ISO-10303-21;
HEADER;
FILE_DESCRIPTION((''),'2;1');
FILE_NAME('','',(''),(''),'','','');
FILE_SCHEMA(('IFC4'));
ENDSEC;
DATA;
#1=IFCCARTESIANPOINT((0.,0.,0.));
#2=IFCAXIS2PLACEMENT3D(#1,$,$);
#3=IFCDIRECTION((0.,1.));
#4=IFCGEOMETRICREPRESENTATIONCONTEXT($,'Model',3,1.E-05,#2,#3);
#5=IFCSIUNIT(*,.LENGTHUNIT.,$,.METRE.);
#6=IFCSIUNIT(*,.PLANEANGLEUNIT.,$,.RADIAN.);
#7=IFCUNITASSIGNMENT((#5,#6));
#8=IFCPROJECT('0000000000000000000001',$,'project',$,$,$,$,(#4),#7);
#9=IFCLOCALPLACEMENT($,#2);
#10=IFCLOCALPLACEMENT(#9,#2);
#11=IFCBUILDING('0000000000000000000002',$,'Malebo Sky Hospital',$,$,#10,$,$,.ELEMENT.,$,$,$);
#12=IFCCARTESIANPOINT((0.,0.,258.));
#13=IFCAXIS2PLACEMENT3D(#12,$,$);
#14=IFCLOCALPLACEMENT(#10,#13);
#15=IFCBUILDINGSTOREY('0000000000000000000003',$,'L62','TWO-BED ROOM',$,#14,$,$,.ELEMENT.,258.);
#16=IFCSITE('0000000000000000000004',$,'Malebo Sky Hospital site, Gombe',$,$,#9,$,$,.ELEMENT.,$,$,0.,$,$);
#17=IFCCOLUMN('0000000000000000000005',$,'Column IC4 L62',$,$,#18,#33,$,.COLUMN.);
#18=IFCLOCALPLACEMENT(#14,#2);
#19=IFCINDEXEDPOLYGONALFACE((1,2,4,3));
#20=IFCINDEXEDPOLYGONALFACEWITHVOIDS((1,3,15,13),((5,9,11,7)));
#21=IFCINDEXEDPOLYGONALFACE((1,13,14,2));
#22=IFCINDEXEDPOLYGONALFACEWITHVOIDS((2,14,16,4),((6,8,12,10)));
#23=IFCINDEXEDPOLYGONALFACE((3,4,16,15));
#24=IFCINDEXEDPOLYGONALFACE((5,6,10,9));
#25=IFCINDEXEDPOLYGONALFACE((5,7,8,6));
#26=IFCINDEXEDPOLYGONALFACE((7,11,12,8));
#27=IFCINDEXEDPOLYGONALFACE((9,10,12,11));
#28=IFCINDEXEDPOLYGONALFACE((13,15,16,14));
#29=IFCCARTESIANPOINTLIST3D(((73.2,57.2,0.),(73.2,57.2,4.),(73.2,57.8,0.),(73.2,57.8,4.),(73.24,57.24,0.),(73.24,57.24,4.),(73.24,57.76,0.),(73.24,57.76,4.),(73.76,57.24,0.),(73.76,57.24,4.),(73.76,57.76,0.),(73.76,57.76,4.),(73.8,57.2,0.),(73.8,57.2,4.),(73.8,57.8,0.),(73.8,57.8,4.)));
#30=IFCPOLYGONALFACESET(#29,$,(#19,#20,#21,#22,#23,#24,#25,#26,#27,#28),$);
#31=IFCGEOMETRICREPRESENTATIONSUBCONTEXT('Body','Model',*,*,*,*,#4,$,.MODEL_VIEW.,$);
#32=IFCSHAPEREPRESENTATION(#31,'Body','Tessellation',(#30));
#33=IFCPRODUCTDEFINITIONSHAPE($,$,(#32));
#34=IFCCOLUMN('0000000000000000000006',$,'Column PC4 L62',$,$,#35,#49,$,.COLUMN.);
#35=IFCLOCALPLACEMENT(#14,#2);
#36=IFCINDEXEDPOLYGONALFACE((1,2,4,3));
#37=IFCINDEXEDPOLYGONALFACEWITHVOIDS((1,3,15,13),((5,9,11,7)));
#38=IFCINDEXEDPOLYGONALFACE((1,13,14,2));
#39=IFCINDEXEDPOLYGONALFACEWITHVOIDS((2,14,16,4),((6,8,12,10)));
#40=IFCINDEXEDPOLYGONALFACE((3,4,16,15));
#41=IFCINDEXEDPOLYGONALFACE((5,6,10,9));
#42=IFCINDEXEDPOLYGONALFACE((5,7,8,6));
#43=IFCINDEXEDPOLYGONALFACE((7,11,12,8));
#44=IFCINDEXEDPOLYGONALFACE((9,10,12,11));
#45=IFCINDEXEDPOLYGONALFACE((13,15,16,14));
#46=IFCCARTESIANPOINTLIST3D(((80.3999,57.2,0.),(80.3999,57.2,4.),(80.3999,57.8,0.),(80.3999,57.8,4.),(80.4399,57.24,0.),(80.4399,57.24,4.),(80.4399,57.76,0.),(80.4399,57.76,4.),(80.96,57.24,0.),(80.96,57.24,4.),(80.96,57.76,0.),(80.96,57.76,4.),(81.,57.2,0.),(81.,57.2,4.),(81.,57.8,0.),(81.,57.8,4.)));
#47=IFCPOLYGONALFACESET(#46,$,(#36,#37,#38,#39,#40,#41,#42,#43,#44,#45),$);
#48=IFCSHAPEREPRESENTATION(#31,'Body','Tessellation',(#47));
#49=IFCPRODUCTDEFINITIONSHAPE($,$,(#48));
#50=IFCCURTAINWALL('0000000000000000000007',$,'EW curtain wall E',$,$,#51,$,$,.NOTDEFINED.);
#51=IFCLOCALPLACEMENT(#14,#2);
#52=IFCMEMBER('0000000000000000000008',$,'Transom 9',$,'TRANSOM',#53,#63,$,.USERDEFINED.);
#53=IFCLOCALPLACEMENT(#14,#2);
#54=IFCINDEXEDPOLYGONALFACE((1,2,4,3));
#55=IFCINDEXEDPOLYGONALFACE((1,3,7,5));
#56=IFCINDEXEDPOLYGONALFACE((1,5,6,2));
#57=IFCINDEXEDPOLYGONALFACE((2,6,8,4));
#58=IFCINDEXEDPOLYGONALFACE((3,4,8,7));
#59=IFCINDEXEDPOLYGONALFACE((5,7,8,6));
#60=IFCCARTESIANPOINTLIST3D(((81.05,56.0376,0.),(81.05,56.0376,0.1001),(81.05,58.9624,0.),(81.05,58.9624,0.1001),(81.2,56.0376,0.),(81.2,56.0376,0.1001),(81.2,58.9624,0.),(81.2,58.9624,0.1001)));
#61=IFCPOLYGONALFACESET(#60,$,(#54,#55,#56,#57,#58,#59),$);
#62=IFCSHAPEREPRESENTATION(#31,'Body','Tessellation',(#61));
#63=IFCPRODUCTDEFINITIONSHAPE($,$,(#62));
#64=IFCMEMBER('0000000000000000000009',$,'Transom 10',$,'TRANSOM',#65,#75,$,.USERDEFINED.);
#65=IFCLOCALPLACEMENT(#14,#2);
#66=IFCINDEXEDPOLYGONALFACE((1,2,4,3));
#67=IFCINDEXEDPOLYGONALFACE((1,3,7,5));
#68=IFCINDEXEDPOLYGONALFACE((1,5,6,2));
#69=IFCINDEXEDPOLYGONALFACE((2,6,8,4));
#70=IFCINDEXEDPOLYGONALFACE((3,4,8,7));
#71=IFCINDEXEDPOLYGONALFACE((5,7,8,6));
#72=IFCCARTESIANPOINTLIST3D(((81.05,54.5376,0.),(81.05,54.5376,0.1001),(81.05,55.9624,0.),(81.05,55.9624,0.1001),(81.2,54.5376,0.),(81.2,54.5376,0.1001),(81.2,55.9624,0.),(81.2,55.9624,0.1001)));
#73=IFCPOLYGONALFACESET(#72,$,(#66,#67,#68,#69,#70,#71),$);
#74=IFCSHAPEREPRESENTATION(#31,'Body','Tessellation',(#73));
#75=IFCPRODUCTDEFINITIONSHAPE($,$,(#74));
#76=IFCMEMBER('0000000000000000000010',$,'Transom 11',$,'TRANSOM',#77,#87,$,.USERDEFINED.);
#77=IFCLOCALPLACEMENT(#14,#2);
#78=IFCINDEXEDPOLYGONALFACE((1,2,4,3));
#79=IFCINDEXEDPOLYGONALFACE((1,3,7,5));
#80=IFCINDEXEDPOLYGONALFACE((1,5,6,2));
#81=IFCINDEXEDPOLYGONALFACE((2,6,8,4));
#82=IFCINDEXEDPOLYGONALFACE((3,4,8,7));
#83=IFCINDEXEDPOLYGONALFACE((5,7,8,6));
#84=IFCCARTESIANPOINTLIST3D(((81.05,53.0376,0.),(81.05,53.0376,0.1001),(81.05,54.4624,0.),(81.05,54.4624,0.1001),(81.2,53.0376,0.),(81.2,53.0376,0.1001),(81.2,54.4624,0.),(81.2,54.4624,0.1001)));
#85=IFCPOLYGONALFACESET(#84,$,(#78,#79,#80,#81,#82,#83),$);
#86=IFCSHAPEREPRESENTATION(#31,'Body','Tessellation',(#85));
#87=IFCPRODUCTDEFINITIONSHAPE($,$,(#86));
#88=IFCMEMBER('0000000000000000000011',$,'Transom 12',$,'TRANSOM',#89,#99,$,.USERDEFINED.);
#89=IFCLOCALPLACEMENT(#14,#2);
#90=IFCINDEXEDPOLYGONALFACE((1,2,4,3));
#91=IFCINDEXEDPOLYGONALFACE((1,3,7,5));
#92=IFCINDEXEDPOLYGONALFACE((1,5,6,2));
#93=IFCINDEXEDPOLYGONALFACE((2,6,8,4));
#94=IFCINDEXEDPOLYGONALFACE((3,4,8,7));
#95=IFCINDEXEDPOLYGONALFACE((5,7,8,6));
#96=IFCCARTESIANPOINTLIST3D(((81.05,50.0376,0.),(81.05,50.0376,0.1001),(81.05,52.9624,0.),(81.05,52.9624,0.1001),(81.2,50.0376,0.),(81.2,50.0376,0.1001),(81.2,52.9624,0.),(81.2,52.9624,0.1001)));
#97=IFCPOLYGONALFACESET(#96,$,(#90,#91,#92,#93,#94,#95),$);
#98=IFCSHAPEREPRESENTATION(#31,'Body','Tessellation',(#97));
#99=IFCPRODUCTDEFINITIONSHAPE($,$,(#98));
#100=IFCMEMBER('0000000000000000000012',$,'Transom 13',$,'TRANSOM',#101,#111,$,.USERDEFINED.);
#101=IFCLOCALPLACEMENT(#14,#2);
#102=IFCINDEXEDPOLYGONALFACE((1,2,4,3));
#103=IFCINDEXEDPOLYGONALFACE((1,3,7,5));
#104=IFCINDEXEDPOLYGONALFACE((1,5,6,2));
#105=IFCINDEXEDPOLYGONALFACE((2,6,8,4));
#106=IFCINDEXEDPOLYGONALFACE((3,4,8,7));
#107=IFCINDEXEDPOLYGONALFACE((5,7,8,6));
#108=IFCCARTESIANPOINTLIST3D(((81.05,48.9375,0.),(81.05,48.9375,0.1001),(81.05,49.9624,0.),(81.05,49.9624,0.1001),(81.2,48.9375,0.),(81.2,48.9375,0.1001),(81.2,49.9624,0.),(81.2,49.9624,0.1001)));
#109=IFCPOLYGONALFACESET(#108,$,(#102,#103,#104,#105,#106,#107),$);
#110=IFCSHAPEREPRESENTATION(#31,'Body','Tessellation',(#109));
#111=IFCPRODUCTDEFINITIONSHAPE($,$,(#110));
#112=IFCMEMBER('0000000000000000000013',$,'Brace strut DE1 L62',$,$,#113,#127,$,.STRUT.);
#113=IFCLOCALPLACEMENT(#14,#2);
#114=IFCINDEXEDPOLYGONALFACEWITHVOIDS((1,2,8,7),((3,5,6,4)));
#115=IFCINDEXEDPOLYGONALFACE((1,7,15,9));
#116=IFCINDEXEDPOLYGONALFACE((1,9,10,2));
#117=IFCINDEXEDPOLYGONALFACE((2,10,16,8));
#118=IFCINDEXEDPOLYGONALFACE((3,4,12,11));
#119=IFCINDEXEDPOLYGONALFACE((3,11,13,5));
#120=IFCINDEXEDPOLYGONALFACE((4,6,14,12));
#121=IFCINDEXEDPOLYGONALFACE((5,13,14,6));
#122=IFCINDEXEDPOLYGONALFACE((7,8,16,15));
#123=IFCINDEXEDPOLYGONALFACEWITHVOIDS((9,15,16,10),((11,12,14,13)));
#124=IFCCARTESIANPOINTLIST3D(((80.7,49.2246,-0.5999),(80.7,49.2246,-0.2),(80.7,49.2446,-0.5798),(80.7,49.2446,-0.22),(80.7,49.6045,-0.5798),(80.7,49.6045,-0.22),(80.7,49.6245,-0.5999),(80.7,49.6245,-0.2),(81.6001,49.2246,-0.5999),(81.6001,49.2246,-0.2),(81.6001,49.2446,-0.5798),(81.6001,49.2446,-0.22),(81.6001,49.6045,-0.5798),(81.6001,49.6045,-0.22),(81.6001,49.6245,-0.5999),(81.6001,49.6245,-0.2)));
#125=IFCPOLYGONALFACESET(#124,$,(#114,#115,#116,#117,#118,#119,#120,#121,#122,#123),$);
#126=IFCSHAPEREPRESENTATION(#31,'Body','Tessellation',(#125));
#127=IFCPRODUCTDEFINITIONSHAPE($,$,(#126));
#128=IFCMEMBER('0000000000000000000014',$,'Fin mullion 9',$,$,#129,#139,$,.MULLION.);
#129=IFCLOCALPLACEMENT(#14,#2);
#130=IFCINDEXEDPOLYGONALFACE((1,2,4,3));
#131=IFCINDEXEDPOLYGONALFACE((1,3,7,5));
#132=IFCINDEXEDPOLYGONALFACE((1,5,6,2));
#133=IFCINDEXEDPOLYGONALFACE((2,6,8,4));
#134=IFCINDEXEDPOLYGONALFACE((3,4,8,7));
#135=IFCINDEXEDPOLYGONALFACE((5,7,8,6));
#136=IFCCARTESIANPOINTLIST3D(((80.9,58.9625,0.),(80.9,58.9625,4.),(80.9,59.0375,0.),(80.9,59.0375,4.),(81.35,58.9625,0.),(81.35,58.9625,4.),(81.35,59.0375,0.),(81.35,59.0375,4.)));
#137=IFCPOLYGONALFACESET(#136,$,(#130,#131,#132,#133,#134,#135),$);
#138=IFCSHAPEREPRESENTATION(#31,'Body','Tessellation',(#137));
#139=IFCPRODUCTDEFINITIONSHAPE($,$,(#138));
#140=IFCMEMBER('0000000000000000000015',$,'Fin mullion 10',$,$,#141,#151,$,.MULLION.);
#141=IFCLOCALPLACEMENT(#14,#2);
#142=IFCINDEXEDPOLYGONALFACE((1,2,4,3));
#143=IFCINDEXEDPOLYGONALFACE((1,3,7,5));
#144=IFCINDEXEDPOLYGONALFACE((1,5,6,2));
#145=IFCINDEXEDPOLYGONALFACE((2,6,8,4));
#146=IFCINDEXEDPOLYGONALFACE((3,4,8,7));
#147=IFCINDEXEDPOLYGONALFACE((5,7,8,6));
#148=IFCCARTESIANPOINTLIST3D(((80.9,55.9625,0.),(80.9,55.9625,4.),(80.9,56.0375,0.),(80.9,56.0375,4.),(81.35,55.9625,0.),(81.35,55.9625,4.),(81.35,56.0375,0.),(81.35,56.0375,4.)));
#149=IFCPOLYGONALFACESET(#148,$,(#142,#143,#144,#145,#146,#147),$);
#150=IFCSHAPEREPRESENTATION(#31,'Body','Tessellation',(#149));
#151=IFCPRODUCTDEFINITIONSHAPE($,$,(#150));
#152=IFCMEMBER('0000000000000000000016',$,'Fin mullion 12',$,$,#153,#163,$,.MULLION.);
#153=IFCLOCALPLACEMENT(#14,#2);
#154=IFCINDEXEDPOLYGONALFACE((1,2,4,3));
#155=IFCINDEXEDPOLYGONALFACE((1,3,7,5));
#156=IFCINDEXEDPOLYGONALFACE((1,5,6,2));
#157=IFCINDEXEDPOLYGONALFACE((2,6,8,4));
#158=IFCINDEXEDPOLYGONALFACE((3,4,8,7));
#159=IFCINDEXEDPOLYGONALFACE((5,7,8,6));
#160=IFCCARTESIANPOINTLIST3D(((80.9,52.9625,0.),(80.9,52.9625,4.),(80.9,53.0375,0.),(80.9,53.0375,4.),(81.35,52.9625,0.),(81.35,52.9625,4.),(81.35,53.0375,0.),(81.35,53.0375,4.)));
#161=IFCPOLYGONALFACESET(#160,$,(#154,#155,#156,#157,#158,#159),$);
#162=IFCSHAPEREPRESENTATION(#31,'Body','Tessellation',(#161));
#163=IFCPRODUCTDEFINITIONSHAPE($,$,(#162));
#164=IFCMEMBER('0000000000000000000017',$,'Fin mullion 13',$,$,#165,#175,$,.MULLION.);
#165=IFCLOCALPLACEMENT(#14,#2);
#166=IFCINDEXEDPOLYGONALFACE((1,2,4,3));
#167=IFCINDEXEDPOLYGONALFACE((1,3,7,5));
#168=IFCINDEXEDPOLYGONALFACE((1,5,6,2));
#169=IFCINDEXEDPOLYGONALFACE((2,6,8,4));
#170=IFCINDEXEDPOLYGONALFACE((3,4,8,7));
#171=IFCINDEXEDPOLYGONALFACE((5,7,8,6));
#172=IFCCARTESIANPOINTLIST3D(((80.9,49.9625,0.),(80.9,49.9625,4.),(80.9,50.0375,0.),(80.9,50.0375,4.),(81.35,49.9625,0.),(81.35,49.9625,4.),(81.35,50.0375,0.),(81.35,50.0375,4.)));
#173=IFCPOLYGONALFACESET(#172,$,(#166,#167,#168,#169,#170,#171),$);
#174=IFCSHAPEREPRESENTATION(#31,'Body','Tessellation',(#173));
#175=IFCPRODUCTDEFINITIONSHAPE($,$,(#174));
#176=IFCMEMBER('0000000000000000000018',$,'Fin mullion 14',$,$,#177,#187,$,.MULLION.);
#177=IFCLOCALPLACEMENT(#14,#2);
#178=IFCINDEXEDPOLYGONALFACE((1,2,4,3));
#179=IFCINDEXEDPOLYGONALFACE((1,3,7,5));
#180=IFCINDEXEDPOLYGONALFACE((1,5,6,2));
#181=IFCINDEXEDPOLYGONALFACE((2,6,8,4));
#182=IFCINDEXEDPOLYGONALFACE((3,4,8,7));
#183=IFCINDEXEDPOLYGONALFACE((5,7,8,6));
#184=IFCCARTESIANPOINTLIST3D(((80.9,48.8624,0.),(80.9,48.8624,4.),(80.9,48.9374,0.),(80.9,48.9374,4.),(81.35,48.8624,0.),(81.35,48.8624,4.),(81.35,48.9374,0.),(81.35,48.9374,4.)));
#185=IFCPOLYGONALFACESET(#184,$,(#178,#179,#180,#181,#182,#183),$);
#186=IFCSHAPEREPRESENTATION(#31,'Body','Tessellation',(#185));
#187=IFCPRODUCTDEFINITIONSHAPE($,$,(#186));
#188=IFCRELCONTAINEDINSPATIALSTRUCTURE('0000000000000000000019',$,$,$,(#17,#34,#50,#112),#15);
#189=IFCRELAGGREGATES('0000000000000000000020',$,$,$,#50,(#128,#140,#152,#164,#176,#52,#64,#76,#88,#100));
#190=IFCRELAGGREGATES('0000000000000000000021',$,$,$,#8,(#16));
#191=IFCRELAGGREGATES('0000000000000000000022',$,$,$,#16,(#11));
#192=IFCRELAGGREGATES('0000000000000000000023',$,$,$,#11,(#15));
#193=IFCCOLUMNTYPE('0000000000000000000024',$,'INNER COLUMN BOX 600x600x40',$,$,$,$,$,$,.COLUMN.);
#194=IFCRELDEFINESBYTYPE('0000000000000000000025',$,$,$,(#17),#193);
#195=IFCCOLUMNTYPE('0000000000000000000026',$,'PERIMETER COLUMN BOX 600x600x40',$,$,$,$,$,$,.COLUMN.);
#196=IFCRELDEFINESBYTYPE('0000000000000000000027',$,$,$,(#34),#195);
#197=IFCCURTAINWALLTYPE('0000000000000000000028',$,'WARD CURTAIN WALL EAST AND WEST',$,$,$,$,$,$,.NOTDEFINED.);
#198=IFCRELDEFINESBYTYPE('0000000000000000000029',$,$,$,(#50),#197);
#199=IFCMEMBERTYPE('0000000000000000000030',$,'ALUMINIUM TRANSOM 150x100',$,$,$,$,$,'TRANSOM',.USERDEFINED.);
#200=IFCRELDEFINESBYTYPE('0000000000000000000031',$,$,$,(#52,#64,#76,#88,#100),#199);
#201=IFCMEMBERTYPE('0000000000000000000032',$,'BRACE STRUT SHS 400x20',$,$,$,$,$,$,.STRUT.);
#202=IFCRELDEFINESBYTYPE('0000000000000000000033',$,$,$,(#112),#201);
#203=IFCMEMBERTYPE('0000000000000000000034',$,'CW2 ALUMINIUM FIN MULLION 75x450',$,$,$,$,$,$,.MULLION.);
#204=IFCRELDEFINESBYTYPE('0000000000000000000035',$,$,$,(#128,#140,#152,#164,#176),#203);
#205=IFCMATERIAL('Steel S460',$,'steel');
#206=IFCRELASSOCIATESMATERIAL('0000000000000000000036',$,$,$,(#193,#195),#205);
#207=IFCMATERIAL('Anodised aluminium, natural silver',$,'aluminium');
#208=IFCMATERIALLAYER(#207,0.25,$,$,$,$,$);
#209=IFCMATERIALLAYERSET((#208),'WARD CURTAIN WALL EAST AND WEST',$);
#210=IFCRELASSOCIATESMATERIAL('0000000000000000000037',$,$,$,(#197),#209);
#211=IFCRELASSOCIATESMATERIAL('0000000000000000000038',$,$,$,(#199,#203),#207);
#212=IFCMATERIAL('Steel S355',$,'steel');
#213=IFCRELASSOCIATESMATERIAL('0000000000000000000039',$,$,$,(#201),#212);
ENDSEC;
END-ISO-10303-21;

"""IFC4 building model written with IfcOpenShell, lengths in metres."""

from ifc_helpers import new_model, si_unit, direction, frame, origin, origin_2d, place, context, subcontext, project, spatial, rectangle, hollow_rectangle, extrude, material, layer, layer_set, material_profile, profile_set, type_object, element, aggregate, save


model = new_model("IFC4")

# Units and contexts
model_context = context("Model", 3, precision=1e-05, world=origin(), true_north=direction((0.0, 1.0)))
body_context = subcontext(model_context, "Body", "Model", "MODEL_VIEW")
ifc_project = project(units=[si_unit("LENGTHUNIT", "METRE"), si_unit("PLANEANGLEUNIT", "RADIAN")], contexts=[model_context])

# Site, building, storey
site_placement = place(None, origin())
site = spatial("IfcSite", under=ifc_project, at=site_placement, Name="Malebo Sky Hospital site, Gombe", CompositionType="ELEMENT", RefElevation=0.0)
building_placement = place(site_placement, origin())
building = spatial("IfcBuilding", under=site, at=building_placement, Name="Malebo Sky Hospital", CompositionType="ELEMENT")
storey_placement = place(building_placement, frame((0.0, 0.0, 258.0)))
storey = spatial("IfcBuildingStorey", under=building, at=storey_placement, Name="L62", Description="TWO-BED ROOM", CompositionType="ELEMENT", Elevation=258.0)

# Columns
ifc_material_1 = material(Name="Steel S460", Category="steel")
ifc_material_profile_1 = material_profile(ifc_material_1, hollow_rectangle(XDim=0.6001, YDim=0.6001, WallThickness=0.04, at=origin_2d()), Name="BOX 600x600x40")
ifc_profile_set_1 = profile_set([ifc_material_profile_1], Name="Steel S460")
column_type_1 = type_object("IfcColumnType", Name="INNER COLUMN BOX 600x600x40", PredefinedType="COLUMN", material=ifc_profile_set_1)
column_1_placement = place(storey_placement, frame((73.5, 57.5, 0.0), z_axis=(0.0, 0.0, 1.0), x_axis=(1.0, 0.0, 0.0)))
element("IfcColumn", 1, at=column_1_placement, inside=storey, type_object=column_type_1, Name="Column IC4 L62", PredefinedType="COLUMN", context=body_context, shape_type="SweptSolid", body=[
    extrude(hollow_rectangle(XDim=0.6001, YDim=0.6001, WallThickness=0.04, at=origin_2d()), origin(), (0.0, 0.0, 1.0), 4.0),
])
ifc_material_profile_2 = material_profile(ifc_material_1, hollow_rectangle(XDim=0.6001, YDim=0.6001, WallThickness=0.04, at=origin_2d()), Name="BOX 600x600x40")
ifc_profile_set_2 = profile_set([ifc_material_profile_2], Name="Steel S460")
column_type_2 = type_object("IfcColumnType", Name="PERIMETER COLUMN BOX 600x600x40", PredefinedType="COLUMN", material=ifc_profile_set_2)
column_2_placement = place(storey_placement, frame((80.7, 57.5, 0.0), z_axis=(0.0, 0.0, 1.0), x_axis=(1.0, 0.0, 0.0)))
element("IfcColumn", 2, at=column_2_placement, inside=storey, type_object=column_type_2, Name="Column PC4 L62", PredefinedType="COLUMN", context=body_context, shape_type="SweptSolid", body=[
    extrude(hollow_rectangle(XDim=0.6001, YDim=0.6001, WallThickness=0.04, at=origin_2d()), origin(), (0.0, 0.0, 1.0), 4.0),
])

# Curtain wall, members
ifc_material_2 = material(Name="Anodised aluminium, natural silver", Category="aluminium")
ifc_layer_1 = layer(ifc_material_2, 0.25)
ifc_layer_set_1 = layer_set([ifc_layer_1], Name="WARD CURTAIN WALL EAST AND WEST")
curtain_wall_type = type_object("IfcCurtainWallType", Name="WARD CURTAIN WALL EAST AND WEST", PredefinedType="NOTDEFINED", material=ifc_layer_set_1)
curtain_wall_placement = place(storey_placement, origin())
curtain_wall = element("IfcCurtainWall", 3, at=curtain_wall_placement, inside=storey, type_object=curtain_wall_type, Name="EW curtain wall E", PredefinedType="NOTDEFINED")
ifc_material_profile_3 = material_profile(ifc_material_2, rectangle(XDim=0.1499, YDim=0.1001, at=origin_2d()), Name="ALUMINIUM TRANSOM 150x100")
ifc_profile_set_3 = profile_set([ifc_material_profile_3], Name="Anodised aluminium, natural silver")
member_type_1 = type_object("IfcMemberType", Name="ALUMINIUM TRANSOM 150x100", ElementType="TRANSOM", PredefinedType="USERDEFINED", material=ifc_profile_set_3)
member_1_placement = place(storey_placement, frame((81.125, 58.9624, 0.05), z_axis=(0.0, -1.0, 0.0), x_axis=(1.0, 0.0, 0.0)))
member_1 = element("IfcMember", 4, at=member_1_placement, type_object=member_type_1, Name="Transom 9", ObjectType="TRANSOM", PredefinedType="USERDEFINED", context=body_context, shape_type="SweptSolid", body=[
    extrude(rectangle(XDim=0.1499, YDim=0.1001, at=origin_2d()), origin(), (0.0, 0.0, 1.0), 2.9248),
])
member_2_placement = place(storey_placement, frame((81.125, 55.9624, 0.05), z_axis=(0.0, -1.0, 0.0), x_axis=(1.0, 0.0, 0.0)))
member_2 = element("IfcMember", 5, at=member_2_placement, type_object=member_type_1, Name="Transom 10", ObjectType="TRANSOM", PredefinedType="USERDEFINED", context=body_context, shape_type="SweptSolid", body=[
    extrude(rectangle(XDim=0.1499, YDim=0.1001, at=origin_2d()), origin(), (0.0, 0.0, 1.0), 1.4248),
])
member_3_placement = place(storey_placement, frame((81.125, 54.4624, 0.05), z_axis=(0.0, -1.0, 0.0), x_axis=(1.0, 0.0, 0.0)))
member_3 = element("IfcMember", 6, at=member_3_placement, type_object=member_type_1, Name="Transom 11", ObjectType="TRANSOM", PredefinedType="USERDEFINED", context=body_context, shape_type="SweptSolid", body=[
    extrude(rectangle(XDim=0.1499, YDim=0.1001, at=origin_2d()), origin(), (0.0, 0.0, 1.0), 1.4248),
])
member_4_placement = place(storey_placement, frame((81.125, 52.9624, 0.05), z_axis=(0.0, -1.0, 0.0), x_axis=(1.0, 0.0, 0.0)))
member_4 = element("IfcMember", 7, at=member_4_placement, type_object=member_type_1, Name="Transom 12", ObjectType="TRANSOM", PredefinedType="USERDEFINED", context=body_context, shape_type="SweptSolid", body=[
    extrude(rectangle(XDim=0.1499, YDim=0.1001, at=origin_2d()), origin(), (0.0, 0.0, 1.0), 2.9248),
])
member_5_placement = place(storey_placement, frame((81.125, 49.9624, 0.05), z_axis=(0.0, -1.0, 0.0), x_axis=(1.0, 0.0, 0.0)))
member_5 = element("IfcMember", 8, at=member_5_placement, type_object=member_type_1, Name="Transom 13", ObjectType="TRANSOM", PredefinedType="USERDEFINED", context=body_context, shape_type="SweptSolid", body=[
    extrude(rectangle(XDim=0.1499, YDim=0.1001, at=origin_2d()), origin(), (0.0, 0.0, 1.0), 1.0249),
])

# Members
ifc_material_3 = material(Name="Steel S355", Category="steel")
ifc_material_profile_4 = material_profile(ifc_material_3, hollow_rectangle(XDim=0.3999, YDim=0.3999, WallThickness=0.02, at=origin_2d()), Name="SHS 400x20")
ifc_profile_set_4 = profile_set([ifc_material_profile_4], Name="Steel S355")
member_type_2 = type_object("IfcMemberType", Name="BRACE STRUT SHS 400x20", PredefinedType="STRUT", material=ifc_profile_set_4)
member_6_placement = place(storey_placement, frame((81.6001, 49.4246, -0.3999), z_axis=(-1.0, 0.0, 0.0), x_axis=(0.0, -1.0, 0.0)))
element("IfcMember", 9, at=member_6_placement, inside=storey, type_object=member_type_2, Name="Brace strut DE1 L62", PredefinedType="STRUT", context=body_context, shape_type="SweptSolid", body=[
    extrude(hollow_rectangle(XDim=0.3999, YDim=0.3999, WallThickness=0.02, at=origin_2d()), origin(), (0.0, 0.0, 1.0), 0.9001),
])
ifc_material_profile_5 = material_profile(ifc_material_2, rectangle(XDim=0.075, YDim=0.45, at=origin_2d()), Name="CW2 ALUMINIUM FIN MULLION 75x450")
ifc_profile_set_5 = profile_set([ifc_material_profile_5], Name="Anodised aluminium, natural silver")
member_type_3 = type_object("IfcMemberType", Name="CW2 ALUMINIUM FIN MULLION 75x450", PredefinedType="MULLION", material=ifc_profile_set_5)
member_7_placement = place(storey_placement, frame((81.125, 59.0, 0.0), z_axis=(0.0, 0.0, 1.0), x_axis=(0.0, -1.0, 0.0)))
member_7 = element("IfcMember", 10, at=member_7_placement, type_object=member_type_3, Name="Fin mullion 9", PredefinedType="MULLION", context=body_context, shape_type="SweptSolid", body=[
    extrude(rectangle(XDim=0.075, YDim=0.45, at=origin_2d()), origin(), (0.0, 0.0, 1.0), 4.0),
])
member_8_placement = place(storey_placement, frame((81.125, 56.0, 0.0), z_axis=(0.0, 0.0, 1.0), x_axis=(0.0, -1.0, 0.0)))
member_8 = element("IfcMember", 11, at=member_8_placement, type_object=member_type_3, Name="Fin mullion 10", PredefinedType="MULLION", context=body_context, shape_type="SweptSolid", body=[
    extrude(rectangle(XDim=0.075, YDim=0.45, at=origin_2d()), origin(), (0.0, 0.0, 1.0), 4.0),
])
member_9_placement = place(storey_placement, frame((81.125, 53.0, 0.0), z_axis=(0.0, 0.0, 1.0), x_axis=(0.0, -1.0, 0.0)))
member_9 = element("IfcMember", 12, at=member_9_placement, type_object=member_type_3, Name="Fin mullion 12", PredefinedType="MULLION", context=body_context, shape_type="SweptSolid", body=[
    extrude(rectangle(XDim=0.075, YDim=0.45, at=origin_2d()), origin(), (0.0, 0.0, 1.0), 4.0),
])
member_10_placement = place(storey_placement, frame((81.125, 50.0, 0.0), z_axis=(0.0, 0.0, 1.0), x_axis=(0.0, -1.0, 0.0)))
member_10 = element("IfcMember", 13, at=member_10_placement, type_object=member_type_3, Name="Fin mullion 13", PredefinedType="MULLION", context=body_context, shape_type="SweptSolid", body=[
    extrude(rectangle(XDim=0.075, YDim=0.45, at=origin_2d()), origin(), (0.0, 0.0, 1.0), 4.0),
])
member_11_placement = place(storey_placement, frame((81.125, 48.8999, 0.0), z_axis=(0.0, 0.0, 1.0), x_axis=(0.0, -1.0, 0.0)))
member_11 = element("IfcMember", 14, at=member_11_placement, type_object=member_type_3, Name="Fin mullion 14", PredefinedType="MULLION", context=body_context, shape_type="SweptSolid", body=[
    extrude(rectangle(XDim=0.075, YDim=0.45, at=origin_2d()), origin(), (0.0, 0.0, 1.0), 4.0),
])

aggregate(curtain_wall, [member_7, member_8, member_9, member_10, member_11, member_1, member_2, member_3, member_4, member_5])

save(model, "model.ifc")
